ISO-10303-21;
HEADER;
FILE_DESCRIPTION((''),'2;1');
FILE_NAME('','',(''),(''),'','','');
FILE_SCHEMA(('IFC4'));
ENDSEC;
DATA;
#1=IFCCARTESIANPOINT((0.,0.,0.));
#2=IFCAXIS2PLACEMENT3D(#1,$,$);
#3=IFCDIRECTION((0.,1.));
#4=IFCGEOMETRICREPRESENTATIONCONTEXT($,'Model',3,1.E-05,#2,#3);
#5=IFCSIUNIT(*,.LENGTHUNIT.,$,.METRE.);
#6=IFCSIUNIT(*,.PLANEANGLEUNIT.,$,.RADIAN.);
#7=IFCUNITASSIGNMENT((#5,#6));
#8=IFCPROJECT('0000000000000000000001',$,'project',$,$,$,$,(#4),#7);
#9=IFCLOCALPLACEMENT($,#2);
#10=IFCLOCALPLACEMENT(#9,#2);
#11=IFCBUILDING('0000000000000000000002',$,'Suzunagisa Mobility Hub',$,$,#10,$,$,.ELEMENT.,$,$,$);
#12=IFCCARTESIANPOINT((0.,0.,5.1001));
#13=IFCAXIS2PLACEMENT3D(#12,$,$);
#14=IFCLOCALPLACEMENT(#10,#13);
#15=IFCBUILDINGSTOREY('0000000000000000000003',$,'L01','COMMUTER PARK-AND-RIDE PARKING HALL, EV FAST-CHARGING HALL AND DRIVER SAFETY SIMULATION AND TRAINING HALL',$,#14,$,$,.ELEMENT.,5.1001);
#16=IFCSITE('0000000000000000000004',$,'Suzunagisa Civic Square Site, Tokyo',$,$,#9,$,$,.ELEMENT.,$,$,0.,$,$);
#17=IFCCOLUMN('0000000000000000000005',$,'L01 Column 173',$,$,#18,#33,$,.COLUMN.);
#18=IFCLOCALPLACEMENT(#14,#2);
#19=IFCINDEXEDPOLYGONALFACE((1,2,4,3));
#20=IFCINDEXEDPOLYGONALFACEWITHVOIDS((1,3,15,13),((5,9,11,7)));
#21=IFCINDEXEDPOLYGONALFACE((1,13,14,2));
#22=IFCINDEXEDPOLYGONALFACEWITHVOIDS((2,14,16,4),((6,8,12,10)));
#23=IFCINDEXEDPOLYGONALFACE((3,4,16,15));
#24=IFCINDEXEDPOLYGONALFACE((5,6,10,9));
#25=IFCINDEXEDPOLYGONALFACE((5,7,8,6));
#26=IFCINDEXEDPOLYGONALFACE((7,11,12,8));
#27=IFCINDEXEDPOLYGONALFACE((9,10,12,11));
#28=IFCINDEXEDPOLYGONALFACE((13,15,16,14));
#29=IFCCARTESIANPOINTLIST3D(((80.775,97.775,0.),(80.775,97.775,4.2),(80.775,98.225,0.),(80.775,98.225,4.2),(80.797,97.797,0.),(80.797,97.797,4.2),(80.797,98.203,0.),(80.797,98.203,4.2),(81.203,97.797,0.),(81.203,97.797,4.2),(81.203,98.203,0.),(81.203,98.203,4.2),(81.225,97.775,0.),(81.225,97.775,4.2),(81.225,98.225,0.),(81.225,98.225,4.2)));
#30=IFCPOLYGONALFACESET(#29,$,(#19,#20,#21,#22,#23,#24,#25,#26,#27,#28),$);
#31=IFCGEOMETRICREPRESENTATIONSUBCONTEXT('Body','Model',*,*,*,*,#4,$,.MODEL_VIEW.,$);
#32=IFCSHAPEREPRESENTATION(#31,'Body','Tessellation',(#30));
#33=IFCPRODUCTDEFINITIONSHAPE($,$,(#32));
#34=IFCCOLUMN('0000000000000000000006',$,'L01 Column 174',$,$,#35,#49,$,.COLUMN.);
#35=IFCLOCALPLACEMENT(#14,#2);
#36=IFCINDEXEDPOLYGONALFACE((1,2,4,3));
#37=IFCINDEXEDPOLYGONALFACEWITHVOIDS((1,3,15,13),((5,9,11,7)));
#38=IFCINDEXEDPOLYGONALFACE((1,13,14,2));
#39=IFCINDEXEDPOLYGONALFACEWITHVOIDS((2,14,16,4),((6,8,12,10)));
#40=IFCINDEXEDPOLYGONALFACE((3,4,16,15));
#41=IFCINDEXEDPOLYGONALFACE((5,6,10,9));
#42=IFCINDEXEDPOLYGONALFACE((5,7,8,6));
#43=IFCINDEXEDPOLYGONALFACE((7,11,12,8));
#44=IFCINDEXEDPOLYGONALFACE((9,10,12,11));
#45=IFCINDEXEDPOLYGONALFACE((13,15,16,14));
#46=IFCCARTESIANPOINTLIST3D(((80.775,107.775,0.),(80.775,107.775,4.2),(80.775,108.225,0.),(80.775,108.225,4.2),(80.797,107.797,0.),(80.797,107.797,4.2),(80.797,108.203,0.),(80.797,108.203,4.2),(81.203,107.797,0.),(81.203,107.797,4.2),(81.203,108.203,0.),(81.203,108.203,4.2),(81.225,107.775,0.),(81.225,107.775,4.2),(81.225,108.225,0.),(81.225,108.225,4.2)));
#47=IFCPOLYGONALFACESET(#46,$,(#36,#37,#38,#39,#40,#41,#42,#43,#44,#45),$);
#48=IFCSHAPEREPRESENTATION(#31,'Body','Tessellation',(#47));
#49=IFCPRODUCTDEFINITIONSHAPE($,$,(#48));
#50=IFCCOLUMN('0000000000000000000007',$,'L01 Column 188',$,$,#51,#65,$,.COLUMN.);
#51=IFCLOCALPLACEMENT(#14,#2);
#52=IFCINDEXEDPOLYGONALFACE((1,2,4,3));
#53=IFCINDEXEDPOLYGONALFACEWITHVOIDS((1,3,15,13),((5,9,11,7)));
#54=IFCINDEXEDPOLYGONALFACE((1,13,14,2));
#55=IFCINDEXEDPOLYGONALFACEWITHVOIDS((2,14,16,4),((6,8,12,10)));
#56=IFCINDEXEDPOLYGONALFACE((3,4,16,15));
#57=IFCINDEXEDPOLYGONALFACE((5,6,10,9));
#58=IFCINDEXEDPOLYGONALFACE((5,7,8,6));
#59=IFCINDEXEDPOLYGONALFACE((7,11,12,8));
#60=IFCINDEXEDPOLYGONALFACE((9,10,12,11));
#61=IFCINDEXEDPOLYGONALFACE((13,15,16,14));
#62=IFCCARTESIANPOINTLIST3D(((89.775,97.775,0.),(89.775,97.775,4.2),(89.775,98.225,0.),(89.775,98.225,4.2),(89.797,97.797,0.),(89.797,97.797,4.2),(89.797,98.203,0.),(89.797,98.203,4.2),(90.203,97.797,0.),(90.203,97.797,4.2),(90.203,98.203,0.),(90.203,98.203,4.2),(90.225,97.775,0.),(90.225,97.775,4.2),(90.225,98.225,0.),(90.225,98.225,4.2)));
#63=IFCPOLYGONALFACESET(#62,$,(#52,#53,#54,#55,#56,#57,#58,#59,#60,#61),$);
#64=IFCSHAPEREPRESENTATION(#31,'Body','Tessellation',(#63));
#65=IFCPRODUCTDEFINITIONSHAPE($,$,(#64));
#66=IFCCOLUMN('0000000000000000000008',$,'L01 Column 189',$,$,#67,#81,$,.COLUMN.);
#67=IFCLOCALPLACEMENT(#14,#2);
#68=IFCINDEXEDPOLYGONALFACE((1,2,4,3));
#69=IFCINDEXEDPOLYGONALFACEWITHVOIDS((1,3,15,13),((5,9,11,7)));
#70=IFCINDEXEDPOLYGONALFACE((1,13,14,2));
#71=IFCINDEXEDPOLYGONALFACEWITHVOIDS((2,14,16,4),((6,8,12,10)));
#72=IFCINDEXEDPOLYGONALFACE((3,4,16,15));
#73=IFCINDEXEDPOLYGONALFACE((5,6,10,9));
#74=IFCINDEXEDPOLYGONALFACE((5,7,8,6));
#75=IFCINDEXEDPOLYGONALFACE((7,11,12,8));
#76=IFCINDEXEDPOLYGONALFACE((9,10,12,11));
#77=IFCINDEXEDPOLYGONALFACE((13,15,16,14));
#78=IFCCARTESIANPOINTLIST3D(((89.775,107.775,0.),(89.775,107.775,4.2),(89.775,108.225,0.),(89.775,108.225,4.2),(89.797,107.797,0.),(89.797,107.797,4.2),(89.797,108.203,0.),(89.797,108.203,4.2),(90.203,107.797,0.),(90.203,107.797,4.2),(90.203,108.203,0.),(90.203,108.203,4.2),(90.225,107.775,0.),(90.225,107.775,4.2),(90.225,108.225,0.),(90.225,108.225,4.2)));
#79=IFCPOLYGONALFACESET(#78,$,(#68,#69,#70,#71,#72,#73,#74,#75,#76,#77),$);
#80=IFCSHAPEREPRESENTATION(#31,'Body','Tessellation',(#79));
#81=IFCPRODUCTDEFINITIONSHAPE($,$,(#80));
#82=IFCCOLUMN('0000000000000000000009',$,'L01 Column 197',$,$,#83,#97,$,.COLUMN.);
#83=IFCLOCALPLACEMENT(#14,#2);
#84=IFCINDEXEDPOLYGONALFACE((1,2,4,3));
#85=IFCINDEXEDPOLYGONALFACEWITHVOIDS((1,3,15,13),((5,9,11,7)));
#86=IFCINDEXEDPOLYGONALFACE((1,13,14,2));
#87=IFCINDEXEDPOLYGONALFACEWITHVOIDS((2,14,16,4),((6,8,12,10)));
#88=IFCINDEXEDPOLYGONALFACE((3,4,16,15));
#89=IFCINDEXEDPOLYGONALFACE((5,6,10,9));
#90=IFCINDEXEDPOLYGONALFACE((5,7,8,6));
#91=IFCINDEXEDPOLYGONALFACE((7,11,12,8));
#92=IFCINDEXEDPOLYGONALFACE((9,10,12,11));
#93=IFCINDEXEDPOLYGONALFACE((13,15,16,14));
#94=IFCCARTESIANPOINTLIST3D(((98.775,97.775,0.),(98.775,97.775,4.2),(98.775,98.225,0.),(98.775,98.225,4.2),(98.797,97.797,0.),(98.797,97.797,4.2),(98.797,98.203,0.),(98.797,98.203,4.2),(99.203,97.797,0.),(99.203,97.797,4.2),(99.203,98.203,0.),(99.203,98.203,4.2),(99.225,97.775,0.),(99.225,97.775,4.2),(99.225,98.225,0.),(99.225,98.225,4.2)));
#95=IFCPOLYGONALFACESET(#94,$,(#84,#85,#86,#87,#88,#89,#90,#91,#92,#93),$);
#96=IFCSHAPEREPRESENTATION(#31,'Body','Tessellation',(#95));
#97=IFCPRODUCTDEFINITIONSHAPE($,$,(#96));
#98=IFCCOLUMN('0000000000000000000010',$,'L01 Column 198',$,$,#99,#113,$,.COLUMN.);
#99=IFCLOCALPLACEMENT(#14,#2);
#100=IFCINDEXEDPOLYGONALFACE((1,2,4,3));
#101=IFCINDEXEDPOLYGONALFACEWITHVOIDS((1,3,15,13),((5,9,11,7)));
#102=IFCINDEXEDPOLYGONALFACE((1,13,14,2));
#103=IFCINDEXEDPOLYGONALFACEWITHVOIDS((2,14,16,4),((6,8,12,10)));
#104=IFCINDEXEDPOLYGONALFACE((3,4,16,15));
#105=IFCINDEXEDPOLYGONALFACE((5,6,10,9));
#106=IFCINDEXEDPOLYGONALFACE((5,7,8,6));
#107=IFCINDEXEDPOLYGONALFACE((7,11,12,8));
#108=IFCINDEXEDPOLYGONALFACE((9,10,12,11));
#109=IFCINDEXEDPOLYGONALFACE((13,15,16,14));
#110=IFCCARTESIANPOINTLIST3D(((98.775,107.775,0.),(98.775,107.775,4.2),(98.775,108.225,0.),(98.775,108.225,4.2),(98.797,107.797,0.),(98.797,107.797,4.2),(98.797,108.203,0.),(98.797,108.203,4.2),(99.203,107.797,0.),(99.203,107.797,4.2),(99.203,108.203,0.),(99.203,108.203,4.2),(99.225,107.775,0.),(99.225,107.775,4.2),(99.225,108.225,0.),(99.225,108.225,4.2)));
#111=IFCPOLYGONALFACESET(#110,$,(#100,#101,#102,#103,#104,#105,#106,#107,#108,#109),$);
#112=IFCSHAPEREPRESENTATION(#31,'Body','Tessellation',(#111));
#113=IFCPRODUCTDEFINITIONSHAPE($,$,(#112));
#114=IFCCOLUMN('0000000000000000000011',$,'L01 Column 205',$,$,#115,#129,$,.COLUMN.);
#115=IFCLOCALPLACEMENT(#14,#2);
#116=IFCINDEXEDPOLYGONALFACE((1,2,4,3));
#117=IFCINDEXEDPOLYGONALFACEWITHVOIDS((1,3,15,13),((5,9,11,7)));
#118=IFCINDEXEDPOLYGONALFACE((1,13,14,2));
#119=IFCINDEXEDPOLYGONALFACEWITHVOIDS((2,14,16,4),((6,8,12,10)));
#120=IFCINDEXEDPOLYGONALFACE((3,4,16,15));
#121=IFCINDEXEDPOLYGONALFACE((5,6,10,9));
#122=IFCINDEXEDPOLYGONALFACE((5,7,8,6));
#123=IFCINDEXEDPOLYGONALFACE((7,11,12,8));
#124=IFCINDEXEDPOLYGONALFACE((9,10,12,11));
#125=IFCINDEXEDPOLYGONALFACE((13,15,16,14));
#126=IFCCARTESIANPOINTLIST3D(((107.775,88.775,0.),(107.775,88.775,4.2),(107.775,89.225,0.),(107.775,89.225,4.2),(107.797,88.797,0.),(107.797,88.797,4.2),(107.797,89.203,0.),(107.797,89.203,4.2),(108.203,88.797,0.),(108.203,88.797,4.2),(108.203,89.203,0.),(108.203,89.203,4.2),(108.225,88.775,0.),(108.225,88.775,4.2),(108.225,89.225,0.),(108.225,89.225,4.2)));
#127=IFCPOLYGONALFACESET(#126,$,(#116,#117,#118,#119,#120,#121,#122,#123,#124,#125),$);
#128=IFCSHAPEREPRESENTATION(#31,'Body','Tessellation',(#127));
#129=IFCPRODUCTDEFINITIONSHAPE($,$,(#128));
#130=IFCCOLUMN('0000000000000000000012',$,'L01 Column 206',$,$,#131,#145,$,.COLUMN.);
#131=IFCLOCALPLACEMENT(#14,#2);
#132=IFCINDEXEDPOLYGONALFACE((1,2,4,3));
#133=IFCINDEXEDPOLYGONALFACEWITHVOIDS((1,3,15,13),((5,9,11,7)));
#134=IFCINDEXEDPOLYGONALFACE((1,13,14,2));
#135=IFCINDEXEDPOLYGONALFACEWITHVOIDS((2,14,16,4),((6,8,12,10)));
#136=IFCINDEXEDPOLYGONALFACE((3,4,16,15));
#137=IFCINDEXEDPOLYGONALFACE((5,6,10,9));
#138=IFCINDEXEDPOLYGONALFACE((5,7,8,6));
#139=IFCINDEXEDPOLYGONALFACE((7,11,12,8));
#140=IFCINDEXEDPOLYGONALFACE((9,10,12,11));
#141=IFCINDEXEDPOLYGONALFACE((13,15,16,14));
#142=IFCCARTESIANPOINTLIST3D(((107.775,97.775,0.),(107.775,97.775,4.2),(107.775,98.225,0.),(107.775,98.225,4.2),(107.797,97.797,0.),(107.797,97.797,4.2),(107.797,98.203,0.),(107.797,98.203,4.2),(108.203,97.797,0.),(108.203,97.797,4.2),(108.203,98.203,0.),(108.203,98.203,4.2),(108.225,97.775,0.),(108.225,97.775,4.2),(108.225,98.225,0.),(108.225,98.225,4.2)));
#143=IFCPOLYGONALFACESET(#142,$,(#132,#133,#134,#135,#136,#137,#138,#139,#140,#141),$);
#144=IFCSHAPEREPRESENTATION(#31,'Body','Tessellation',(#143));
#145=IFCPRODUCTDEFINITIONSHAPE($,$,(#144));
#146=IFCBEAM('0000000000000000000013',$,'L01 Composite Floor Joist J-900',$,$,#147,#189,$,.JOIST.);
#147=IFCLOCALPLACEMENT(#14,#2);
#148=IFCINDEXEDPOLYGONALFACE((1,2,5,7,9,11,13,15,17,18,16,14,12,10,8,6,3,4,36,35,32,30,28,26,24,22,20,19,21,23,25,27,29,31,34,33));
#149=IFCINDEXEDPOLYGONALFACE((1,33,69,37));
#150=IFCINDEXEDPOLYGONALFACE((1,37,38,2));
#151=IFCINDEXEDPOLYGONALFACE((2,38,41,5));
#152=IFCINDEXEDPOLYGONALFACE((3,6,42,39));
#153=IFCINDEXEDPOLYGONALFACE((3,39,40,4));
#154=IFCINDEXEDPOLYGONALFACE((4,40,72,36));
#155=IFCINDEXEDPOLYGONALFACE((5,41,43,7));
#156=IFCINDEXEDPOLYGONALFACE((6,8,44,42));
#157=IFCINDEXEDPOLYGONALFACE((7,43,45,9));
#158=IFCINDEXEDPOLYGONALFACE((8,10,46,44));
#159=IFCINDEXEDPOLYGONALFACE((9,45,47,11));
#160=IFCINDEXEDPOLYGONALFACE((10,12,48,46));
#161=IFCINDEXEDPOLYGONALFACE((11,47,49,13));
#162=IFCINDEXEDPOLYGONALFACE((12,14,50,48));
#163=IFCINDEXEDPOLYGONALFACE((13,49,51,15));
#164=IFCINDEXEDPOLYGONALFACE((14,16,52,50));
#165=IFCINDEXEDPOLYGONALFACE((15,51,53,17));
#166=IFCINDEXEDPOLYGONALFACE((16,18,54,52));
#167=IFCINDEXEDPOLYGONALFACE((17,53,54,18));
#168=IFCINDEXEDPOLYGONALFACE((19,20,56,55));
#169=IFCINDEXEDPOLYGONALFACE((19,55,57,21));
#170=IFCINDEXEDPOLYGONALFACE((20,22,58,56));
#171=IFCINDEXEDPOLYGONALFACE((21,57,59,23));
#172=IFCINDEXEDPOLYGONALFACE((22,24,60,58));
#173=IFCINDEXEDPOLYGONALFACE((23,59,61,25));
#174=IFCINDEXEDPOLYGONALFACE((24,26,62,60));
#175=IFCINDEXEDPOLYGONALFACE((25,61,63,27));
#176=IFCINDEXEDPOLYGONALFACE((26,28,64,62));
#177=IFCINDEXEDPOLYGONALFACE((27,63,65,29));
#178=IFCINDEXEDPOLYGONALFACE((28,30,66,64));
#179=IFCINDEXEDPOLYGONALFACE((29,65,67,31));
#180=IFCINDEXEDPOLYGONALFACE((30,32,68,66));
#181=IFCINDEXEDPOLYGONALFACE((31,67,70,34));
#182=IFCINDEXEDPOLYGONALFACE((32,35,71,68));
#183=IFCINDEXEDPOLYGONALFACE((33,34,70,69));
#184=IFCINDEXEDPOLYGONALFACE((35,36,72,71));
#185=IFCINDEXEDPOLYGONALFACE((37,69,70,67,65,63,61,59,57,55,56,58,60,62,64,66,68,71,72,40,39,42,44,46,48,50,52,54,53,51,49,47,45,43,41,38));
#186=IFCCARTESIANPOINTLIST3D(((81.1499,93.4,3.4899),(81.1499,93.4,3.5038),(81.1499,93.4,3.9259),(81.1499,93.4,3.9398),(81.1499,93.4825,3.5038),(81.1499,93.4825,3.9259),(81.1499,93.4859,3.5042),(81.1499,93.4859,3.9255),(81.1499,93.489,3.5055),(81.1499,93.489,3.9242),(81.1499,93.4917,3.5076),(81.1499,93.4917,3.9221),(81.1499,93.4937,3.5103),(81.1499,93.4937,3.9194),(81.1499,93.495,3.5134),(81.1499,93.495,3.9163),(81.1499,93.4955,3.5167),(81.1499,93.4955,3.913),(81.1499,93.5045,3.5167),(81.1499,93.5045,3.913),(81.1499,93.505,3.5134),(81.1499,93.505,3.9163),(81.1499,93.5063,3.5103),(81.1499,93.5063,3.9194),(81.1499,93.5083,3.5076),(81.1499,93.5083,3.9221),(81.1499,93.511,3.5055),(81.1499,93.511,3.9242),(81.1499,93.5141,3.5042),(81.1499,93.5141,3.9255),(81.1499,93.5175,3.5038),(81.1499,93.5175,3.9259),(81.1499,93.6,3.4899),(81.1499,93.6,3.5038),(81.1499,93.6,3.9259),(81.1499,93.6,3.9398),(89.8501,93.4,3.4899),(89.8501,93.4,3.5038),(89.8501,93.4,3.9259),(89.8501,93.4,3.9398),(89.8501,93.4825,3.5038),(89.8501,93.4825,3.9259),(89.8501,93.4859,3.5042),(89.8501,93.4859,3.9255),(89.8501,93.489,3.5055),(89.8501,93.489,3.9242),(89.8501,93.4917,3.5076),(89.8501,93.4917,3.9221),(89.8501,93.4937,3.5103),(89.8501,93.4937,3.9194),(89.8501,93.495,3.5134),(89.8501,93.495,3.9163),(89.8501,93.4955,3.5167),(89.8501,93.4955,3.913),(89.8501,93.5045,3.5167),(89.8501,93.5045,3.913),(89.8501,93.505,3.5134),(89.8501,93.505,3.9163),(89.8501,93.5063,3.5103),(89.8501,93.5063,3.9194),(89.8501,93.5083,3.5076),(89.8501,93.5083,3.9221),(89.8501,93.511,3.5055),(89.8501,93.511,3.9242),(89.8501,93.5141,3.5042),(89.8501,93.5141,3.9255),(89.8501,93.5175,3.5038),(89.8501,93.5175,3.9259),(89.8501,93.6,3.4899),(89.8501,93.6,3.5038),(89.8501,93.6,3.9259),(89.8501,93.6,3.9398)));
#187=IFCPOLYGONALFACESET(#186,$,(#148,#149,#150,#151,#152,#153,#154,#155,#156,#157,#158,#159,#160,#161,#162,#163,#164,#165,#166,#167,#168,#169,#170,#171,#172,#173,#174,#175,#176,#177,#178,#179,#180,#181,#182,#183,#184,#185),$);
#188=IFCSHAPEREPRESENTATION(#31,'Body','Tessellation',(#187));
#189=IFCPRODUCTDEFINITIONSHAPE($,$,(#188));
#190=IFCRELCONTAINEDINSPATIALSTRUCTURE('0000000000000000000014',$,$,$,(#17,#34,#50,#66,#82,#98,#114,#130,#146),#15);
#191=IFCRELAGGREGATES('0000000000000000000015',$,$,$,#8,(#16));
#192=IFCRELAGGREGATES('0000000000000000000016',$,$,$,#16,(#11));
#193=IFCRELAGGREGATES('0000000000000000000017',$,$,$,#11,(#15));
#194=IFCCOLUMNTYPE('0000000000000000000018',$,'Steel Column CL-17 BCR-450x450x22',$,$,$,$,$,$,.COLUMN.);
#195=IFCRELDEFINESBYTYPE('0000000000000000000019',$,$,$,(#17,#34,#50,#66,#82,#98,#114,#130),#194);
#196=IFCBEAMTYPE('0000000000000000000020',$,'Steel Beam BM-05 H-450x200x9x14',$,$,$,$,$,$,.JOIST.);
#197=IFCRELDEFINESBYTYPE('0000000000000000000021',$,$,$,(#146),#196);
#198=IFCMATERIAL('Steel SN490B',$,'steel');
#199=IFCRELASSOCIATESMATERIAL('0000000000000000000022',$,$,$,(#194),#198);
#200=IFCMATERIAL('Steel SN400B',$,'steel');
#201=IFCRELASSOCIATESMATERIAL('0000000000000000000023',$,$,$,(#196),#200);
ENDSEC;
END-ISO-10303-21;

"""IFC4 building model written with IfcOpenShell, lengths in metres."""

from ifc_helpers import new_model, si_unit, direction, frame, origin, origin_2d, place, context, subcontext, project, spatial, hollow_rectangle, i_section, extrude, material, material_profile, profile_set, type_object, element, save


model = new_model("IFC4")

# Units and contexts
model_context = context("Model", 3, precision=1e-05, world=origin(), true_north=direction((0.0, 1.0)))
body_context = subcontext(model_context, "Body", "Model", "MODEL_VIEW")
ifc_project = project(units=[si_unit("LENGTHUNIT", "METRE"), si_unit("PLANEANGLEUNIT", "RADIAN")], contexts=[model_context])

# Site, building, storey
site_placement = place(None, origin())
site = spatial("IfcSite", under=ifc_project, at=site_placement, Name="Suzunagisa Civic Square Site, Tokyo", CompositionType="ELEMENT", RefElevation=0.0)
building_placement = place(site_placement, origin())
building = spatial("IfcBuilding", under=site, at=building_placement, Name="Suzunagisa Mobility Hub", CompositionType="ELEMENT")
storey_placement = place(building_placement, frame((0.0, 0.0, 5.1001)))
storey = spatial("IfcBuildingStorey", under=building, at=storey_placement, Name="L01", Description="COMMUTER PARK-AND-RIDE PARKING HALL, EV FAST-CHARGING HALL AND DRIVER SAFETY SIMULATION AND TRAINING HALL", CompositionType="ELEMENT", Elevation=5.1001)

# Columns
ifc_material_1 = material(Name="Steel SN490B", Category="steel")
ifc_material_profile_1 = material_profile(ifc_material_1, hollow_rectangle(XDim=0.45, YDim=0.45, WallThickness=0.022, at=origin_2d()), Name="BCR-450x450x22")
ifc_profile_set_1 = profile_set([ifc_material_profile_1], Name="Steel SN490B")
column_type = type_object("IfcColumnType", Name="Steel Column CL-17 BCR-450x450x22", PredefinedType="COLUMN", material=ifc_profile_set_1)
for number, where, z_axis, x_axis, name in (
    (1, (81.0, 98.0, 0.0), (0.0, 0.0, 1.0), (1.0, 0.0, 0.0), "L01 Column 173"),
    (2, (81.0, 108.0, 0.0), (0.0, 0.0, 1.0), (1.0, 0.0, 0.0), "L01 Column 174"),
    (3, (90.0, 98.0, 0.0), (0.0, 0.0, 1.0), (1.0, 0.0, 0.0), "L01 Column 188"),
    (4, (90.0, 108.0, 0.0), (0.0, 0.0, 1.0), (1.0, 0.0, 0.0), "L01 Column 189"),
    (5, (99.0, 98.0, 0.0), (0.0, 0.0, 1.0), (1.0, 0.0, 0.0), "L01 Column 197"),
    (6, (99.0, 108.0, 0.0), (0.0, 0.0, 1.0), (1.0, 0.0, 0.0), "L01 Column 198"),
    (7, (108.0, 89.0, 0.0), (0.0, 0.0, 1.0), (1.0, 0.0, 0.0), "L01 Column 205"),
    (8, (108.0, 98.0, 0.0), (0.0, 0.0, 1.0), (1.0, 0.0, 0.0), "L01 Column 206"),
):
    element("IfcColumn", number, at=place(storey_placement, frame(where, z_axis=z_axis, x_axis=x_axis)), inside=storey, type_object=column_type, Name=name, PredefinedType="COLUMN", context=body_context, shape_type="SweptSolid", body=[
        extrude(hollow_rectangle(XDim=0.45, YDim=0.45, WallThickness=0.022, at=origin_2d()), origin(), (0.0, 0.0, 1.0), 4.2),
    ])

# Beam
ifc_material_2 = material(Name="Steel SN400B", Category="steel")
ifc_material_profile_2 = material_profile(ifc_material_2, i_section(OverallWidth=0.2, OverallDepth=0.45, WebThickness=0.009, FlangeThickness=0.0139, FilletRadius=0.0129, at=origin_2d()), Name="H-450x200x9x14")
ifc_profile_set_2 = profile_set([ifc_material_profile_2], Name="Steel SN400B")
beam_type_1 = type_object("IfcBeamType", Name="Steel Beam BM-05 H-450x200x9x14", PredefinedType="JOIST", material=ifc_profile_set_2)
for number, where, z_axis, x_axis, name in (
    (9, (81.1499, 93.5, 3.7148), (1.0, 0.0, 0.0), (0.0, 1.0, 0.0), "L01 Composite Floor Joist J-900"),
):
    element("IfcBeam", number, at=place(storey_placement, frame(where, z_axis=z_axis, x_axis=x_axis)), inside=storey, type_object=beam_type_1, Name=name, PredefinedType="JOIST", context=body_context, shape_type="SweptSolid", body=[
        extrude(i_section(OverallWidth=0.2, OverallDepth=0.45, WebThickness=0.009, FlangeThickness=0.0139, FilletRadius=0.0129, at=origin_2d()), origin(), (0.0, 0.0, 1.0), 8.7002),
    ])

save(model, "model.ifc")
